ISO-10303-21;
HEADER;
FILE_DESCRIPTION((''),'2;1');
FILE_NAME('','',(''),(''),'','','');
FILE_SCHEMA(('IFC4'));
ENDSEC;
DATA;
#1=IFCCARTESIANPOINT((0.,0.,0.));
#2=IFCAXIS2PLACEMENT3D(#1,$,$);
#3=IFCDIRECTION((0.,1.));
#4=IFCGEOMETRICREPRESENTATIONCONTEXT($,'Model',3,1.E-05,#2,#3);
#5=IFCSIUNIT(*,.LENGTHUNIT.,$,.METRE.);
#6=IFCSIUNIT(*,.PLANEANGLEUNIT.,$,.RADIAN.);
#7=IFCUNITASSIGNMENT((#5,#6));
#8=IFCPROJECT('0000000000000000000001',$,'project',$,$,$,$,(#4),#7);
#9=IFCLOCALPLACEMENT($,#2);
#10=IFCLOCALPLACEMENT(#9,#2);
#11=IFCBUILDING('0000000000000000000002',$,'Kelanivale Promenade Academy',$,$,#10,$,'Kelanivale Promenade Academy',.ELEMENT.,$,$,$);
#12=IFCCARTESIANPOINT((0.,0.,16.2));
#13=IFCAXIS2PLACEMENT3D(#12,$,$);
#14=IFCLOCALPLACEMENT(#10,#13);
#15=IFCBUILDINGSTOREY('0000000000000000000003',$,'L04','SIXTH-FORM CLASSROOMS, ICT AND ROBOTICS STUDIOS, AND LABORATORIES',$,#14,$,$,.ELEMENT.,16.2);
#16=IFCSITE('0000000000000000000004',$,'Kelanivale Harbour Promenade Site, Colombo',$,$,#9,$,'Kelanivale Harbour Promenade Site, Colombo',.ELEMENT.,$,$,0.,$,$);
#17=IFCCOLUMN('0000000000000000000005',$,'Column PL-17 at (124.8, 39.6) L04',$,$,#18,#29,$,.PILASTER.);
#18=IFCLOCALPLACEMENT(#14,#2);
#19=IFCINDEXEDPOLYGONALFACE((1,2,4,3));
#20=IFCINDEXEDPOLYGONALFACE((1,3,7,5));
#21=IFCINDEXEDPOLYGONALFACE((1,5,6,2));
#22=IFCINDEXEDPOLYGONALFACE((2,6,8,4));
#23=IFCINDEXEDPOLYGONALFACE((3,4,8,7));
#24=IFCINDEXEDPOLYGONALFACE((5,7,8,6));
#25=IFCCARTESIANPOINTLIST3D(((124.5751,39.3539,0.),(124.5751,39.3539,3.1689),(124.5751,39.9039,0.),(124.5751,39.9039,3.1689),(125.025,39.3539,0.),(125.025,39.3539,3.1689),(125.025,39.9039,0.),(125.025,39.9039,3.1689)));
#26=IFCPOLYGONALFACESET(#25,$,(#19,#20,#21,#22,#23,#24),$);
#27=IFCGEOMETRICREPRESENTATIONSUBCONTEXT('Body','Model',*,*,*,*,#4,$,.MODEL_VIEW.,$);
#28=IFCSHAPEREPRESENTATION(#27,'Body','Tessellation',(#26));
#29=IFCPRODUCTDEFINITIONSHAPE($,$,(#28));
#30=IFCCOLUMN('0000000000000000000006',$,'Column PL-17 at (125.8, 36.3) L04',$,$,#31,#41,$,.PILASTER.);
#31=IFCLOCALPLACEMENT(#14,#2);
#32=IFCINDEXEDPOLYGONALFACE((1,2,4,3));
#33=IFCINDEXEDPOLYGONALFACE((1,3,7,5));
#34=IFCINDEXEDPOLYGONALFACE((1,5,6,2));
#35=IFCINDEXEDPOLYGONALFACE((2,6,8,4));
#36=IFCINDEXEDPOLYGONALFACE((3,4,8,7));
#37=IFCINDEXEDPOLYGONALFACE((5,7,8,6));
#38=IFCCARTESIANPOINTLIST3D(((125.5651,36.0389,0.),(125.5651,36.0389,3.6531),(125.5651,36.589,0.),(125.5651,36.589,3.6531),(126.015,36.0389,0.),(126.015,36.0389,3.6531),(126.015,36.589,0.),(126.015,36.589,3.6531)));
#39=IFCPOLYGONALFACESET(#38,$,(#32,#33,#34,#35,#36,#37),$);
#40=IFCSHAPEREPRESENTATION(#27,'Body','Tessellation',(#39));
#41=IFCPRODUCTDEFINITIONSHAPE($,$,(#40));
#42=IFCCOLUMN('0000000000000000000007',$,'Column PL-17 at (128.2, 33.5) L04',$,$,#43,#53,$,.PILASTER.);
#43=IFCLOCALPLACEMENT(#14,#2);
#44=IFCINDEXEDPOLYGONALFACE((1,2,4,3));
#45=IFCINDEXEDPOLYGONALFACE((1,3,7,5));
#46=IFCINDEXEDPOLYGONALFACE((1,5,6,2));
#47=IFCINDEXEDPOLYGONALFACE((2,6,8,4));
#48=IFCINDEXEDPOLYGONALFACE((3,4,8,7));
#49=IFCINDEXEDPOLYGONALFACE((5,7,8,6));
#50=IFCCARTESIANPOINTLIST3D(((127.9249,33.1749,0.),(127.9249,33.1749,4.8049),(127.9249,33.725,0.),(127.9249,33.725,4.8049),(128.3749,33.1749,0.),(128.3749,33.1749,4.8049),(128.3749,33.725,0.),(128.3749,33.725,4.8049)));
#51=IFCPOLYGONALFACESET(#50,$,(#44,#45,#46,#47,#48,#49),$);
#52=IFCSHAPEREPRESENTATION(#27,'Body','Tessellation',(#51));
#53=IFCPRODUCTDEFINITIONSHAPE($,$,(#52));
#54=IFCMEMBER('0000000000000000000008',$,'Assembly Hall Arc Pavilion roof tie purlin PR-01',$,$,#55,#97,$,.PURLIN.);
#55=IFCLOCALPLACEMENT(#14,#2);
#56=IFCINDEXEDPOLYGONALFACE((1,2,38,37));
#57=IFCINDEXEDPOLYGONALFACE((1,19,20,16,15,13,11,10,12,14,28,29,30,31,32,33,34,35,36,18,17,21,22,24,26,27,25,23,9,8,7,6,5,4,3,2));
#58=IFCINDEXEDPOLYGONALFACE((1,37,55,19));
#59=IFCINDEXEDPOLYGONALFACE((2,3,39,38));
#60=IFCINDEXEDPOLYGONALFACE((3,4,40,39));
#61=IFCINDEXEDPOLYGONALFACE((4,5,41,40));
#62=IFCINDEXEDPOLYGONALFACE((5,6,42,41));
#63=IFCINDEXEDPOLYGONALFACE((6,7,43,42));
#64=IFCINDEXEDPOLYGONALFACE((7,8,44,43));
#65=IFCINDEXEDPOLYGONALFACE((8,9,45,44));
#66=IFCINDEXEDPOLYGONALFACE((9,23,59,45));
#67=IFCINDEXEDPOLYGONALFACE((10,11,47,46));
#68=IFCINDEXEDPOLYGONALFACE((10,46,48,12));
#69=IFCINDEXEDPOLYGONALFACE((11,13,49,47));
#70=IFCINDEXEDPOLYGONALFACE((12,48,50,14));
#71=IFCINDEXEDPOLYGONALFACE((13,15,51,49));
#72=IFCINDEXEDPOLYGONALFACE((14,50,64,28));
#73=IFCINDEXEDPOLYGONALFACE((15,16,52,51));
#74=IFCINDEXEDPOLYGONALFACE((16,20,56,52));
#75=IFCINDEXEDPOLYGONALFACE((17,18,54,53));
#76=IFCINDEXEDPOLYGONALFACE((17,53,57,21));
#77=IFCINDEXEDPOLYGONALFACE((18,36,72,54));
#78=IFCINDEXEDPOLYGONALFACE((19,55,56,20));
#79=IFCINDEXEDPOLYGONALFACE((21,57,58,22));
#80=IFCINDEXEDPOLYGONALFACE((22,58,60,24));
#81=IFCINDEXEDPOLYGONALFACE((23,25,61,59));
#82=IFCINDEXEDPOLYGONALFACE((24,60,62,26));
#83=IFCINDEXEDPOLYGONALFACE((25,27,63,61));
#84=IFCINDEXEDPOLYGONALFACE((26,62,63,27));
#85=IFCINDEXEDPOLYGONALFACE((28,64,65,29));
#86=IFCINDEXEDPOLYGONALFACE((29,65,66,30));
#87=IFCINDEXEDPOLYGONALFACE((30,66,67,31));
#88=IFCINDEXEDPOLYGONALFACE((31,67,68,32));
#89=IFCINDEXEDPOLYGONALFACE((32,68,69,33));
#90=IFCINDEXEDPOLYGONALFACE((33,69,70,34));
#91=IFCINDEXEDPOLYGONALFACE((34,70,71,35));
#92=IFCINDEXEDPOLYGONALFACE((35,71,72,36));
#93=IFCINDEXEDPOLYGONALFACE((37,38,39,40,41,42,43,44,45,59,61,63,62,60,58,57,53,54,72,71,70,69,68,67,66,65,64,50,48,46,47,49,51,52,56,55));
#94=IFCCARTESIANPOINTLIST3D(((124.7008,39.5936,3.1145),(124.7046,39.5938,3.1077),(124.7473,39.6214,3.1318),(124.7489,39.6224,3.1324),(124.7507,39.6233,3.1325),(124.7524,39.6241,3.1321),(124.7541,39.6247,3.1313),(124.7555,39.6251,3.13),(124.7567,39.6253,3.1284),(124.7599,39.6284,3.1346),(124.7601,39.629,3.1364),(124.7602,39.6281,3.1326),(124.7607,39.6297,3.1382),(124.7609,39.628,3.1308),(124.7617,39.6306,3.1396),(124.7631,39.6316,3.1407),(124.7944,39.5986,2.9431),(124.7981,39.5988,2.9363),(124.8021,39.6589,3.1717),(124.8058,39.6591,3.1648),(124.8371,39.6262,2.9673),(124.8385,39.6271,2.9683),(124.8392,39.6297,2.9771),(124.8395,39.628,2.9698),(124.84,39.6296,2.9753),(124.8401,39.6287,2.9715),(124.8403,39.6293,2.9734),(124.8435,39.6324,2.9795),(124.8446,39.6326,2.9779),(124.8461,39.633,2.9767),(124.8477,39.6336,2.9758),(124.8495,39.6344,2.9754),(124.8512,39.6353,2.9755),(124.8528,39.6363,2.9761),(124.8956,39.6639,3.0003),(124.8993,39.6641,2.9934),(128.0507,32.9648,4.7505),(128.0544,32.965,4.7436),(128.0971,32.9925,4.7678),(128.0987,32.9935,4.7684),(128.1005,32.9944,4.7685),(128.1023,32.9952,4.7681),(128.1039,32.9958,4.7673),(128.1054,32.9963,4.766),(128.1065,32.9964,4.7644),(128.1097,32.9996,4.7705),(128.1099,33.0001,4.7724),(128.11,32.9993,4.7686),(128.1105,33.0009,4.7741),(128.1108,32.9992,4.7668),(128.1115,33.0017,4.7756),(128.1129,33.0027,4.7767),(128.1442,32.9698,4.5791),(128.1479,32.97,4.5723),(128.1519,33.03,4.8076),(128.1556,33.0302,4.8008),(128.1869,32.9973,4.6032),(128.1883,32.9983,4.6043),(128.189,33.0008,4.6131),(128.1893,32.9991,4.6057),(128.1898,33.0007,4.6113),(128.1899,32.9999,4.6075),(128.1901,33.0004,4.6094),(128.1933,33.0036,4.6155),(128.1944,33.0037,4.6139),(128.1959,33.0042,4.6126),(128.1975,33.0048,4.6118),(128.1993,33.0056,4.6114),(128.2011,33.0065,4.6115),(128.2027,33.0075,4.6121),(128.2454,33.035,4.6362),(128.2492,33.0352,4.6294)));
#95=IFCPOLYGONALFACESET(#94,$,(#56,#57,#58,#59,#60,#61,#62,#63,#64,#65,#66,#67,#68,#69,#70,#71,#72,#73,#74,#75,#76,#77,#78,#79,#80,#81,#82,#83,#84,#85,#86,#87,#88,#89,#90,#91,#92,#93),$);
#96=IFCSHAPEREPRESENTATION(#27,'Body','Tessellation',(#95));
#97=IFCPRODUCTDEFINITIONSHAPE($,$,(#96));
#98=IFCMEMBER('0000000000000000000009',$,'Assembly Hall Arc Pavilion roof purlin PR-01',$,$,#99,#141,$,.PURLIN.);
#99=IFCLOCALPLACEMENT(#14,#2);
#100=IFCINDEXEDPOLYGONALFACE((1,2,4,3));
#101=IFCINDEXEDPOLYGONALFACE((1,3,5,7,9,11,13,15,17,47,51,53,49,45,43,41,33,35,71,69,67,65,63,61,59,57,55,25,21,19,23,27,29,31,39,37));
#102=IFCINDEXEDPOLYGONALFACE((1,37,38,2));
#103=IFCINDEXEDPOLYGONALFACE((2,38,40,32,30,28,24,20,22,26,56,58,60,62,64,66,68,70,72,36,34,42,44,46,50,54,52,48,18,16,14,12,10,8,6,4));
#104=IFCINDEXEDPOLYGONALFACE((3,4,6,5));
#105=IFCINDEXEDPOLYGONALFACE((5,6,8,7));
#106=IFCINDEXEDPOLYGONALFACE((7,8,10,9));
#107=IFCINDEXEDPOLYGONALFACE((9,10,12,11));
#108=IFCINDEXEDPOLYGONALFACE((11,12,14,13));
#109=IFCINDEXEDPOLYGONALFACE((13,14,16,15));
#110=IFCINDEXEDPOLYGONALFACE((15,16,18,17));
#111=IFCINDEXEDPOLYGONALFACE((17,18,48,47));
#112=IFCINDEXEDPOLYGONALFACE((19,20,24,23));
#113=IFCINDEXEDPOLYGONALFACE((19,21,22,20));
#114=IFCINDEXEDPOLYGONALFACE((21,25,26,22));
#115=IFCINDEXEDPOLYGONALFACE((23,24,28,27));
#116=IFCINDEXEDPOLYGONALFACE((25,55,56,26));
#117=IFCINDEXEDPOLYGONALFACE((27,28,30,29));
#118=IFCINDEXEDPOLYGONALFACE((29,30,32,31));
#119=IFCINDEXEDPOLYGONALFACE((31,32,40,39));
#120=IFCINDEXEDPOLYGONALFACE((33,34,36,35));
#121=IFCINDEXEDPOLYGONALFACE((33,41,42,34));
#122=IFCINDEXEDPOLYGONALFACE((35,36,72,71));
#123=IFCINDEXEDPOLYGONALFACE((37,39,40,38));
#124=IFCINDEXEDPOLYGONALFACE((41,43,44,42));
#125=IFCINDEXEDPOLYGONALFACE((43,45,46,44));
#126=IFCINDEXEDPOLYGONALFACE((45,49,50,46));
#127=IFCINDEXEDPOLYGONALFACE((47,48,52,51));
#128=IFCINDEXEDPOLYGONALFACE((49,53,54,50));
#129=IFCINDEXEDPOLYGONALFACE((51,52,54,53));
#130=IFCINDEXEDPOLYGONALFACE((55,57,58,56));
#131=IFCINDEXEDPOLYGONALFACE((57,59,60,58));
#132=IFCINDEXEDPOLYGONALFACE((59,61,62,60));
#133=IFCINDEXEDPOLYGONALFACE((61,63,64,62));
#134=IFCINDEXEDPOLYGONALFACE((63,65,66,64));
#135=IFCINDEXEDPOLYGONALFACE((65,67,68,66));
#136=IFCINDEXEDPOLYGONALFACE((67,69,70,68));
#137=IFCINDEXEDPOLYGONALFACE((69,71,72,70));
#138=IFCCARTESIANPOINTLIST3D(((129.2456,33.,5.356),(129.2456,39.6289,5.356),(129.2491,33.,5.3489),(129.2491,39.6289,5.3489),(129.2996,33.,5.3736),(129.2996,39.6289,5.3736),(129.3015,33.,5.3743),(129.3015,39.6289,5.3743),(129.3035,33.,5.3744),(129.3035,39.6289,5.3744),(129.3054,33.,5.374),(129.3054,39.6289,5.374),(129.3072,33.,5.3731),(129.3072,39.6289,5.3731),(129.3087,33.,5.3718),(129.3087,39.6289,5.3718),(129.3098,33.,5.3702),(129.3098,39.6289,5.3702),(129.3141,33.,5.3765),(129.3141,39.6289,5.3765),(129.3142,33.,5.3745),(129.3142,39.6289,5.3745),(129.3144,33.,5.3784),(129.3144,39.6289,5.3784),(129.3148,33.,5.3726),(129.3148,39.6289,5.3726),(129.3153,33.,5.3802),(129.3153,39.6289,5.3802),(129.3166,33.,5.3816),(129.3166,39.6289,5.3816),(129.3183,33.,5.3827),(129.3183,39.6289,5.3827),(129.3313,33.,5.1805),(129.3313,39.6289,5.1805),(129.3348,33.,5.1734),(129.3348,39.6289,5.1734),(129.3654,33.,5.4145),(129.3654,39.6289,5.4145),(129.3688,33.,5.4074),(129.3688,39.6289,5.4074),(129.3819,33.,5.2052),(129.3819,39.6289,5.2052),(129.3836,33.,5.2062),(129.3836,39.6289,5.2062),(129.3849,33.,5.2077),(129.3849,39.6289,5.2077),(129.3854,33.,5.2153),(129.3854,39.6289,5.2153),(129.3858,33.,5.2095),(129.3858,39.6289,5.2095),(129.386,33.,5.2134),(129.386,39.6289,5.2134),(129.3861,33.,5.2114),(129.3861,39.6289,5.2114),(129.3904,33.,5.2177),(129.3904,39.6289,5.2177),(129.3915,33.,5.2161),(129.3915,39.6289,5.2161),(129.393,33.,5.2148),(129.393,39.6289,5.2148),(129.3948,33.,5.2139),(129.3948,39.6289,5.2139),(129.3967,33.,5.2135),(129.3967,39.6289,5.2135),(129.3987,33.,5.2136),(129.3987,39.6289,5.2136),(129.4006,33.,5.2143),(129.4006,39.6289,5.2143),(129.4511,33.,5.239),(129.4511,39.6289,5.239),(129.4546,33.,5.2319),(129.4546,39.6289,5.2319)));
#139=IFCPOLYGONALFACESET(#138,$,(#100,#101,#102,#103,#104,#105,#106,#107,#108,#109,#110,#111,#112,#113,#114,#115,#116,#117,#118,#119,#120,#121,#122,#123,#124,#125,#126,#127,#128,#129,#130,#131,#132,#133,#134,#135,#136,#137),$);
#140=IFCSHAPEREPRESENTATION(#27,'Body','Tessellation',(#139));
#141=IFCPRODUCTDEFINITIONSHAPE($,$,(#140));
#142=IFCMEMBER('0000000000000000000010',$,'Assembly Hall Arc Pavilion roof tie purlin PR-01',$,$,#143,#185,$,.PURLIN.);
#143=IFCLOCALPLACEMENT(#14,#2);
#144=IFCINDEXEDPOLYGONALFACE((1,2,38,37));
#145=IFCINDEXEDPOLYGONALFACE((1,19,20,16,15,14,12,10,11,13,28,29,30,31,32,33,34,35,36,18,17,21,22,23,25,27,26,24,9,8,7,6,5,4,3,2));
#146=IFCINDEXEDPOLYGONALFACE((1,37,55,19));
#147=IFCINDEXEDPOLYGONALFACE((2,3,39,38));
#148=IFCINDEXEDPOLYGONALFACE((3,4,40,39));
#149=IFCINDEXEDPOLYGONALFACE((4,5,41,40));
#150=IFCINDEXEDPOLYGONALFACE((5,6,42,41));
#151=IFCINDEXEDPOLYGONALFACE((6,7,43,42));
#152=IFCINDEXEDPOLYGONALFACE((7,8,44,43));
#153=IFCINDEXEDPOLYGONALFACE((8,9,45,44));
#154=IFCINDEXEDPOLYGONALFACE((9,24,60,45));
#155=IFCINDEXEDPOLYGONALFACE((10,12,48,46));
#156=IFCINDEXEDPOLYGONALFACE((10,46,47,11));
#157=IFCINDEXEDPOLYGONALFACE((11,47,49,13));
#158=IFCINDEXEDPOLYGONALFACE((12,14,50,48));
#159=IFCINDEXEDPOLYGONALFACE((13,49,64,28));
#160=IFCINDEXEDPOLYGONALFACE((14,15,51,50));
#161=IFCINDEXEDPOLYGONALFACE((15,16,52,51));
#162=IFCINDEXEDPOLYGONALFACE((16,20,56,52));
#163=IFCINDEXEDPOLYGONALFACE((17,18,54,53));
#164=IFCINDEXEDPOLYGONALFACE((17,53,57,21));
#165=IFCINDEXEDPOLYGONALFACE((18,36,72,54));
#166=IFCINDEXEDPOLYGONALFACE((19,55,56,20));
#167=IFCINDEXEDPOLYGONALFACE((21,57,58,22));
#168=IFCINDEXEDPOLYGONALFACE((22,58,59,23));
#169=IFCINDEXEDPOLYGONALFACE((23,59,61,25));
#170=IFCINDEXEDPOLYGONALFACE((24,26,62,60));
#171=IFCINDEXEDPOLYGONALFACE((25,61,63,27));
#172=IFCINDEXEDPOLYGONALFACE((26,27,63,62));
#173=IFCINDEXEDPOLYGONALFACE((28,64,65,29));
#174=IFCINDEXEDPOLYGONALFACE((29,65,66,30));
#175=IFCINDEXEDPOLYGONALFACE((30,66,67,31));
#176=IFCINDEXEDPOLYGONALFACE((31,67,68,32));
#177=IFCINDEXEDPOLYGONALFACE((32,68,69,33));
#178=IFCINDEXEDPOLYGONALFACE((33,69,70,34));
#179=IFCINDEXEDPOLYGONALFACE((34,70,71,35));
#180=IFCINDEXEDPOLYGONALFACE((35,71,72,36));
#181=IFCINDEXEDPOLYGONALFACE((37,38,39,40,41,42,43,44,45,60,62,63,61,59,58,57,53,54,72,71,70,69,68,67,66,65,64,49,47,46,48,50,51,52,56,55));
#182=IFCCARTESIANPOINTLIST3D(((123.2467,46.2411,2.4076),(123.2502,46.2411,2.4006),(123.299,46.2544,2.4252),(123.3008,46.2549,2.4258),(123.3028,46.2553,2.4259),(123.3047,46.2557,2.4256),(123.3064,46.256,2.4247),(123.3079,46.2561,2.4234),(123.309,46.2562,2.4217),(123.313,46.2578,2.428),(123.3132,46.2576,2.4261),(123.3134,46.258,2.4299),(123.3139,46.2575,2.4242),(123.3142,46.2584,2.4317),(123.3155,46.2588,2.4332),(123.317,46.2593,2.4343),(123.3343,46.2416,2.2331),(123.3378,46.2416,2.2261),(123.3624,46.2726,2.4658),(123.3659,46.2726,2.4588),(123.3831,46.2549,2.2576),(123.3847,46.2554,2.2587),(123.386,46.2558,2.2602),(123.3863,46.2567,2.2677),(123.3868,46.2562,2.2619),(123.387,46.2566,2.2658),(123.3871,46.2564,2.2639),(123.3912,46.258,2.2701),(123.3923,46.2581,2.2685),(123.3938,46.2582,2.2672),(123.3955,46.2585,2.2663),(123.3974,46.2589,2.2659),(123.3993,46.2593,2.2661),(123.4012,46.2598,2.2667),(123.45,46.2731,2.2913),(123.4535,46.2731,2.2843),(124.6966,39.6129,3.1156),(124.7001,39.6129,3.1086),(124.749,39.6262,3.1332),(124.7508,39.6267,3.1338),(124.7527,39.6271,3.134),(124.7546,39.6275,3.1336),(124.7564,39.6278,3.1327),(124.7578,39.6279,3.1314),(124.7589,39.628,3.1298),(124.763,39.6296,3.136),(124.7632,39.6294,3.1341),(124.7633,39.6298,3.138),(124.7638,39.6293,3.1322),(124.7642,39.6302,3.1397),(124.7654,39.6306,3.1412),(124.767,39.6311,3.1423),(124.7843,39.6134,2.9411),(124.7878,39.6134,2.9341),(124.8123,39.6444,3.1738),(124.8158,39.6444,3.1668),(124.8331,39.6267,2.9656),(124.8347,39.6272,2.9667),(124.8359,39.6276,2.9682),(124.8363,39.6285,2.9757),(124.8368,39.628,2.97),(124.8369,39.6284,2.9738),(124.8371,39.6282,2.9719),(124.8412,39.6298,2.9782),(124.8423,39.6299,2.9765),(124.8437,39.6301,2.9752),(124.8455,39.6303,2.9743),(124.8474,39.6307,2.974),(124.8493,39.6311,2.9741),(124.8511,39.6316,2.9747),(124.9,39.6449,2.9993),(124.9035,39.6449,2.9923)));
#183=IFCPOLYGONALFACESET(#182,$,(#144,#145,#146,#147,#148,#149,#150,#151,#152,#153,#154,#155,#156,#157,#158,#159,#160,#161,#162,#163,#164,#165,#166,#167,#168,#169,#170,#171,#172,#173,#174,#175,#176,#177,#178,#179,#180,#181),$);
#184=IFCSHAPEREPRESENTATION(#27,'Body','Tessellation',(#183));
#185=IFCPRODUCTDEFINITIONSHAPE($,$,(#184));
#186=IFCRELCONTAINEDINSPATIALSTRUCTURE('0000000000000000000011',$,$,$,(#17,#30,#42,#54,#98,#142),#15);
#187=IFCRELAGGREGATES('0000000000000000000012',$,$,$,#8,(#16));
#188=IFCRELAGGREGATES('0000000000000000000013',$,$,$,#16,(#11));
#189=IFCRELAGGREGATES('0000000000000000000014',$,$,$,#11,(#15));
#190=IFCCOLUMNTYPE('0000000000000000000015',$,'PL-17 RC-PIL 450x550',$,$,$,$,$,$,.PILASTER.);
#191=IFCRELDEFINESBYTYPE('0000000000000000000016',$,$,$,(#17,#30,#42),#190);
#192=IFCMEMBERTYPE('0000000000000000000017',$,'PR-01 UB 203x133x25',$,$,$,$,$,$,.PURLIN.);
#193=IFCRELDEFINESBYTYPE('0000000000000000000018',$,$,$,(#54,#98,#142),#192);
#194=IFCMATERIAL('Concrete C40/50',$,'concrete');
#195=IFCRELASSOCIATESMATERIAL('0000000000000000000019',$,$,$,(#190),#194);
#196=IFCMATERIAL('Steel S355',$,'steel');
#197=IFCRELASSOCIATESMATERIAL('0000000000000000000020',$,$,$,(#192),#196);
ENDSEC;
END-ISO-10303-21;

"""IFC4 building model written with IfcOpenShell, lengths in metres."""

from ifc_helpers import new_model, si_unit, direction, frame, origin, origin_2d, place, context, subcontext, project, spatial, rectangle, i_section, extrude, material, material_profile, profile_set, type_object, element, save


model = new_model("IFC4")

# Units and contexts
model_context = context("Model", 3, precision=1e-05, world=origin(), true_north=direction((0.0, 1.0)))
body_context = subcontext(model_context, "Body", "Model", "MODEL_VIEW")
ifc_project = project(units=[si_unit("LENGTHUNIT", "METRE"), si_unit("PLANEANGLEUNIT", "RADIAN")], contexts=[model_context])

# Site, building, storey
site_placement = place(None, origin())
site = spatial("IfcSite", under=ifc_project, at=site_placement, Name="Kelanivale Harbour Promenade Site, Colombo", LongName="Kelanivale Harbour Promenade Site, Colombo", CompositionType="ELEMENT", RefElevation=0.0)
building_placement = place(site_placement, origin())
building = spatial("IfcBuilding", under=site, at=building_placement, Name="Kelanivale Promenade Academy", LongName="Kelanivale Promenade Academy", CompositionType="ELEMENT")
storey_placement = place(building_placement, frame((0.0, 0.0, 16.2)))
storey = spatial("IfcBuildingStorey", under=building, at=storey_placement, Name="L04", Description="SIXTH-FORM CLASSROOMS, ICT AND ROBOTICS STUDIOS, AND LABORATORIES", CompositionType="ELEMENT", Elevation=16.2)

# Columns
ifc_material_1 = material(Name="Concrete C40/50", Category="concrete")
ifc_material_profile_1 = material_profile(ifc_material_1, rectangle(XDim=0.45, YDim=0.55, at=origin_2d()), Name="RC-PIL 450x550")
ifc_profile_set_1 = profile_set([ifc_material_profile_1], Name="Concrete C40/50")
column_type = type_object("IfcColumnType", Name="PL-17 RC-PIL 450x550", PredefinedType="PILASTER", material=ifc_profile_set_1)
column_1_placement = place(storey_placement, frame((124.8, 39.6289, 0.0), z_axis=(0.0, 0.0, 1.0), x_axis=(1.0, 0.0, 0.0)))
element("IfcColumn", 1, at=column_1_placement, inside=storey, type_object=column_type, Name="Column PL-17 at (124.8, 39.6) L04", PredefinedType="PILASTER", context=body_context, shape_type="SweptSolid", body=[
    extrude(rectangle(XDim=0.45, YDim=0.55, at=origin_2d()), origin(), (0.0, 0.0, 1.0), 3.1689),
])
column_2_placement = place(storey_placement, frame((125.79, 36.314, 0.0), z_axis=(0.0, 0.0, 1.0), x_axis=(1.0, 0.0, 0.0)))
element("IfcColumn", 2, at=column_2_placement, inside=storey, type_object=column_type, Name="Column PL-17 at (125.8, 36.3) L04", PredefinedType="PILASTER", context=body_context, shape_type="SweptSolid", body=[
    extrude(rectangle(XDim=0.45, YDim=0.55, at=origin_2d()), origin(), (0.0, 0.0, 1.0), 3.6531),
])
column_3_placement = place(storey_placement, frame((128.1499, 33.45, 0.0), z_axis=(0.0, 0.0, 1.0), x_axis=(1.0, 0.0, 0.0)))
element("IfcColumn", 3, at=column_3_placement, inside=storey, type_object=column_type, Name="Column PL-17 at (128.2, 33.5) L04", PredefinedType="PILASTER", context=body_context, shape_type="SweptSolid", body=[
    extrude(rectangle(XDim=0.45, YDim=0.55, at=origin_2d()), origin(), (0.0, 0.0, 1.0), 4.8049),
])

# Members
ifc_material_2 = material(Name="Steel S355", Category="steel")
ifc_material_profile_2 = material_profile(ifc_material_2, i_section(OverallWidth=0.1333, OverallDepth=0.2031, WebThickness=0.0056, FlangeThickness=0.0078, FilletRadius=0.0076, at=origin_2d()), Name="UB 203x133x25")
ifc_profile_set_2 = profile_set([ifc_material_profile_2], Name="Steel S355")
member_type_1 = type_object("IfcMemberType", Name="PR-01 UB 203x133x25", PredefinedType="PURLIN", material=ifc_profile_set_2)
member_1_placement = place(storey_placement, frame((128.1499, 33.0, 4.6899), z_axis=(-0.440464, 0.871618, -0.215112), x_axis=(-0.759403, -0.489526, -0.428568)))
element("IfcMember", 4, at=member_1_placement, inside=storey, type_object=member_type_1, Name="Assembly Hall Arc Pavilion roof tie purlin PR-01", PredefinedType="PURLIN", context=body_context, shape_type="SweptSolid", body=[
    extrude(i_section(OverallWidth=0.1333, OverallDepth=0.2031, WebThickness=0.0056, FlangeThickness=0.0078, FilletRadius=0.0076, at=origin_2d()), origin(), (0.0, 0.0, 1.0), 7.6052),
])
member_2_placement = place(storey_placement, frame((129.3501, 33.0, 5.2939), z_axis=(0.0, 1.0, 0.0), x_axis=(-0.898564, 0.0, -0.438842)))
element("IfcMember", 5, at=member_2_placement, inside=storey, type_object=member_type_1, Name="Assembly Hall Arc Pavilion roof purlin PR-01", PredefinedType="PURLIN", context=body_context, shape_type="SweptSolid", body=[
    extrude(i_section(OverallWidth=0.1333, OverallDepth=0.2031, WebThickness=0.0056, FlangeThickness=0.0078, FilletRadius=0.0076, at=origin_2d()), origin(), (0.0, 0.0, 1.0), 6.6289),
])
member_3_placement = place(storey_placement, frame((124.8, 39.6289, 3.054), z_axis=(-0.212548, 0.971623, -0.103787), x_axis=(-0.868073, -0.236519, -0.436472)))
element("IfcMember", 6, at=member_3_placement, inside=storey, type_object=member_type_1, Name="Assembly Hall Arc Pavilion roof tie purlin PR-01", PredefinedType="PURLIN", context=body_context, shape_type="SweptSolid", body=[
    extrude(i_section(OverallWidth=0.1333, OverallDepth=0.2031, WebThickness=0.0056, FlangeThickness=0.0078, FilletRadius=0.0076, at=origin_2d()), origin(), (0.0, 0.0, 1.0), 6.8218),
])

save(model, "model.ifc")
